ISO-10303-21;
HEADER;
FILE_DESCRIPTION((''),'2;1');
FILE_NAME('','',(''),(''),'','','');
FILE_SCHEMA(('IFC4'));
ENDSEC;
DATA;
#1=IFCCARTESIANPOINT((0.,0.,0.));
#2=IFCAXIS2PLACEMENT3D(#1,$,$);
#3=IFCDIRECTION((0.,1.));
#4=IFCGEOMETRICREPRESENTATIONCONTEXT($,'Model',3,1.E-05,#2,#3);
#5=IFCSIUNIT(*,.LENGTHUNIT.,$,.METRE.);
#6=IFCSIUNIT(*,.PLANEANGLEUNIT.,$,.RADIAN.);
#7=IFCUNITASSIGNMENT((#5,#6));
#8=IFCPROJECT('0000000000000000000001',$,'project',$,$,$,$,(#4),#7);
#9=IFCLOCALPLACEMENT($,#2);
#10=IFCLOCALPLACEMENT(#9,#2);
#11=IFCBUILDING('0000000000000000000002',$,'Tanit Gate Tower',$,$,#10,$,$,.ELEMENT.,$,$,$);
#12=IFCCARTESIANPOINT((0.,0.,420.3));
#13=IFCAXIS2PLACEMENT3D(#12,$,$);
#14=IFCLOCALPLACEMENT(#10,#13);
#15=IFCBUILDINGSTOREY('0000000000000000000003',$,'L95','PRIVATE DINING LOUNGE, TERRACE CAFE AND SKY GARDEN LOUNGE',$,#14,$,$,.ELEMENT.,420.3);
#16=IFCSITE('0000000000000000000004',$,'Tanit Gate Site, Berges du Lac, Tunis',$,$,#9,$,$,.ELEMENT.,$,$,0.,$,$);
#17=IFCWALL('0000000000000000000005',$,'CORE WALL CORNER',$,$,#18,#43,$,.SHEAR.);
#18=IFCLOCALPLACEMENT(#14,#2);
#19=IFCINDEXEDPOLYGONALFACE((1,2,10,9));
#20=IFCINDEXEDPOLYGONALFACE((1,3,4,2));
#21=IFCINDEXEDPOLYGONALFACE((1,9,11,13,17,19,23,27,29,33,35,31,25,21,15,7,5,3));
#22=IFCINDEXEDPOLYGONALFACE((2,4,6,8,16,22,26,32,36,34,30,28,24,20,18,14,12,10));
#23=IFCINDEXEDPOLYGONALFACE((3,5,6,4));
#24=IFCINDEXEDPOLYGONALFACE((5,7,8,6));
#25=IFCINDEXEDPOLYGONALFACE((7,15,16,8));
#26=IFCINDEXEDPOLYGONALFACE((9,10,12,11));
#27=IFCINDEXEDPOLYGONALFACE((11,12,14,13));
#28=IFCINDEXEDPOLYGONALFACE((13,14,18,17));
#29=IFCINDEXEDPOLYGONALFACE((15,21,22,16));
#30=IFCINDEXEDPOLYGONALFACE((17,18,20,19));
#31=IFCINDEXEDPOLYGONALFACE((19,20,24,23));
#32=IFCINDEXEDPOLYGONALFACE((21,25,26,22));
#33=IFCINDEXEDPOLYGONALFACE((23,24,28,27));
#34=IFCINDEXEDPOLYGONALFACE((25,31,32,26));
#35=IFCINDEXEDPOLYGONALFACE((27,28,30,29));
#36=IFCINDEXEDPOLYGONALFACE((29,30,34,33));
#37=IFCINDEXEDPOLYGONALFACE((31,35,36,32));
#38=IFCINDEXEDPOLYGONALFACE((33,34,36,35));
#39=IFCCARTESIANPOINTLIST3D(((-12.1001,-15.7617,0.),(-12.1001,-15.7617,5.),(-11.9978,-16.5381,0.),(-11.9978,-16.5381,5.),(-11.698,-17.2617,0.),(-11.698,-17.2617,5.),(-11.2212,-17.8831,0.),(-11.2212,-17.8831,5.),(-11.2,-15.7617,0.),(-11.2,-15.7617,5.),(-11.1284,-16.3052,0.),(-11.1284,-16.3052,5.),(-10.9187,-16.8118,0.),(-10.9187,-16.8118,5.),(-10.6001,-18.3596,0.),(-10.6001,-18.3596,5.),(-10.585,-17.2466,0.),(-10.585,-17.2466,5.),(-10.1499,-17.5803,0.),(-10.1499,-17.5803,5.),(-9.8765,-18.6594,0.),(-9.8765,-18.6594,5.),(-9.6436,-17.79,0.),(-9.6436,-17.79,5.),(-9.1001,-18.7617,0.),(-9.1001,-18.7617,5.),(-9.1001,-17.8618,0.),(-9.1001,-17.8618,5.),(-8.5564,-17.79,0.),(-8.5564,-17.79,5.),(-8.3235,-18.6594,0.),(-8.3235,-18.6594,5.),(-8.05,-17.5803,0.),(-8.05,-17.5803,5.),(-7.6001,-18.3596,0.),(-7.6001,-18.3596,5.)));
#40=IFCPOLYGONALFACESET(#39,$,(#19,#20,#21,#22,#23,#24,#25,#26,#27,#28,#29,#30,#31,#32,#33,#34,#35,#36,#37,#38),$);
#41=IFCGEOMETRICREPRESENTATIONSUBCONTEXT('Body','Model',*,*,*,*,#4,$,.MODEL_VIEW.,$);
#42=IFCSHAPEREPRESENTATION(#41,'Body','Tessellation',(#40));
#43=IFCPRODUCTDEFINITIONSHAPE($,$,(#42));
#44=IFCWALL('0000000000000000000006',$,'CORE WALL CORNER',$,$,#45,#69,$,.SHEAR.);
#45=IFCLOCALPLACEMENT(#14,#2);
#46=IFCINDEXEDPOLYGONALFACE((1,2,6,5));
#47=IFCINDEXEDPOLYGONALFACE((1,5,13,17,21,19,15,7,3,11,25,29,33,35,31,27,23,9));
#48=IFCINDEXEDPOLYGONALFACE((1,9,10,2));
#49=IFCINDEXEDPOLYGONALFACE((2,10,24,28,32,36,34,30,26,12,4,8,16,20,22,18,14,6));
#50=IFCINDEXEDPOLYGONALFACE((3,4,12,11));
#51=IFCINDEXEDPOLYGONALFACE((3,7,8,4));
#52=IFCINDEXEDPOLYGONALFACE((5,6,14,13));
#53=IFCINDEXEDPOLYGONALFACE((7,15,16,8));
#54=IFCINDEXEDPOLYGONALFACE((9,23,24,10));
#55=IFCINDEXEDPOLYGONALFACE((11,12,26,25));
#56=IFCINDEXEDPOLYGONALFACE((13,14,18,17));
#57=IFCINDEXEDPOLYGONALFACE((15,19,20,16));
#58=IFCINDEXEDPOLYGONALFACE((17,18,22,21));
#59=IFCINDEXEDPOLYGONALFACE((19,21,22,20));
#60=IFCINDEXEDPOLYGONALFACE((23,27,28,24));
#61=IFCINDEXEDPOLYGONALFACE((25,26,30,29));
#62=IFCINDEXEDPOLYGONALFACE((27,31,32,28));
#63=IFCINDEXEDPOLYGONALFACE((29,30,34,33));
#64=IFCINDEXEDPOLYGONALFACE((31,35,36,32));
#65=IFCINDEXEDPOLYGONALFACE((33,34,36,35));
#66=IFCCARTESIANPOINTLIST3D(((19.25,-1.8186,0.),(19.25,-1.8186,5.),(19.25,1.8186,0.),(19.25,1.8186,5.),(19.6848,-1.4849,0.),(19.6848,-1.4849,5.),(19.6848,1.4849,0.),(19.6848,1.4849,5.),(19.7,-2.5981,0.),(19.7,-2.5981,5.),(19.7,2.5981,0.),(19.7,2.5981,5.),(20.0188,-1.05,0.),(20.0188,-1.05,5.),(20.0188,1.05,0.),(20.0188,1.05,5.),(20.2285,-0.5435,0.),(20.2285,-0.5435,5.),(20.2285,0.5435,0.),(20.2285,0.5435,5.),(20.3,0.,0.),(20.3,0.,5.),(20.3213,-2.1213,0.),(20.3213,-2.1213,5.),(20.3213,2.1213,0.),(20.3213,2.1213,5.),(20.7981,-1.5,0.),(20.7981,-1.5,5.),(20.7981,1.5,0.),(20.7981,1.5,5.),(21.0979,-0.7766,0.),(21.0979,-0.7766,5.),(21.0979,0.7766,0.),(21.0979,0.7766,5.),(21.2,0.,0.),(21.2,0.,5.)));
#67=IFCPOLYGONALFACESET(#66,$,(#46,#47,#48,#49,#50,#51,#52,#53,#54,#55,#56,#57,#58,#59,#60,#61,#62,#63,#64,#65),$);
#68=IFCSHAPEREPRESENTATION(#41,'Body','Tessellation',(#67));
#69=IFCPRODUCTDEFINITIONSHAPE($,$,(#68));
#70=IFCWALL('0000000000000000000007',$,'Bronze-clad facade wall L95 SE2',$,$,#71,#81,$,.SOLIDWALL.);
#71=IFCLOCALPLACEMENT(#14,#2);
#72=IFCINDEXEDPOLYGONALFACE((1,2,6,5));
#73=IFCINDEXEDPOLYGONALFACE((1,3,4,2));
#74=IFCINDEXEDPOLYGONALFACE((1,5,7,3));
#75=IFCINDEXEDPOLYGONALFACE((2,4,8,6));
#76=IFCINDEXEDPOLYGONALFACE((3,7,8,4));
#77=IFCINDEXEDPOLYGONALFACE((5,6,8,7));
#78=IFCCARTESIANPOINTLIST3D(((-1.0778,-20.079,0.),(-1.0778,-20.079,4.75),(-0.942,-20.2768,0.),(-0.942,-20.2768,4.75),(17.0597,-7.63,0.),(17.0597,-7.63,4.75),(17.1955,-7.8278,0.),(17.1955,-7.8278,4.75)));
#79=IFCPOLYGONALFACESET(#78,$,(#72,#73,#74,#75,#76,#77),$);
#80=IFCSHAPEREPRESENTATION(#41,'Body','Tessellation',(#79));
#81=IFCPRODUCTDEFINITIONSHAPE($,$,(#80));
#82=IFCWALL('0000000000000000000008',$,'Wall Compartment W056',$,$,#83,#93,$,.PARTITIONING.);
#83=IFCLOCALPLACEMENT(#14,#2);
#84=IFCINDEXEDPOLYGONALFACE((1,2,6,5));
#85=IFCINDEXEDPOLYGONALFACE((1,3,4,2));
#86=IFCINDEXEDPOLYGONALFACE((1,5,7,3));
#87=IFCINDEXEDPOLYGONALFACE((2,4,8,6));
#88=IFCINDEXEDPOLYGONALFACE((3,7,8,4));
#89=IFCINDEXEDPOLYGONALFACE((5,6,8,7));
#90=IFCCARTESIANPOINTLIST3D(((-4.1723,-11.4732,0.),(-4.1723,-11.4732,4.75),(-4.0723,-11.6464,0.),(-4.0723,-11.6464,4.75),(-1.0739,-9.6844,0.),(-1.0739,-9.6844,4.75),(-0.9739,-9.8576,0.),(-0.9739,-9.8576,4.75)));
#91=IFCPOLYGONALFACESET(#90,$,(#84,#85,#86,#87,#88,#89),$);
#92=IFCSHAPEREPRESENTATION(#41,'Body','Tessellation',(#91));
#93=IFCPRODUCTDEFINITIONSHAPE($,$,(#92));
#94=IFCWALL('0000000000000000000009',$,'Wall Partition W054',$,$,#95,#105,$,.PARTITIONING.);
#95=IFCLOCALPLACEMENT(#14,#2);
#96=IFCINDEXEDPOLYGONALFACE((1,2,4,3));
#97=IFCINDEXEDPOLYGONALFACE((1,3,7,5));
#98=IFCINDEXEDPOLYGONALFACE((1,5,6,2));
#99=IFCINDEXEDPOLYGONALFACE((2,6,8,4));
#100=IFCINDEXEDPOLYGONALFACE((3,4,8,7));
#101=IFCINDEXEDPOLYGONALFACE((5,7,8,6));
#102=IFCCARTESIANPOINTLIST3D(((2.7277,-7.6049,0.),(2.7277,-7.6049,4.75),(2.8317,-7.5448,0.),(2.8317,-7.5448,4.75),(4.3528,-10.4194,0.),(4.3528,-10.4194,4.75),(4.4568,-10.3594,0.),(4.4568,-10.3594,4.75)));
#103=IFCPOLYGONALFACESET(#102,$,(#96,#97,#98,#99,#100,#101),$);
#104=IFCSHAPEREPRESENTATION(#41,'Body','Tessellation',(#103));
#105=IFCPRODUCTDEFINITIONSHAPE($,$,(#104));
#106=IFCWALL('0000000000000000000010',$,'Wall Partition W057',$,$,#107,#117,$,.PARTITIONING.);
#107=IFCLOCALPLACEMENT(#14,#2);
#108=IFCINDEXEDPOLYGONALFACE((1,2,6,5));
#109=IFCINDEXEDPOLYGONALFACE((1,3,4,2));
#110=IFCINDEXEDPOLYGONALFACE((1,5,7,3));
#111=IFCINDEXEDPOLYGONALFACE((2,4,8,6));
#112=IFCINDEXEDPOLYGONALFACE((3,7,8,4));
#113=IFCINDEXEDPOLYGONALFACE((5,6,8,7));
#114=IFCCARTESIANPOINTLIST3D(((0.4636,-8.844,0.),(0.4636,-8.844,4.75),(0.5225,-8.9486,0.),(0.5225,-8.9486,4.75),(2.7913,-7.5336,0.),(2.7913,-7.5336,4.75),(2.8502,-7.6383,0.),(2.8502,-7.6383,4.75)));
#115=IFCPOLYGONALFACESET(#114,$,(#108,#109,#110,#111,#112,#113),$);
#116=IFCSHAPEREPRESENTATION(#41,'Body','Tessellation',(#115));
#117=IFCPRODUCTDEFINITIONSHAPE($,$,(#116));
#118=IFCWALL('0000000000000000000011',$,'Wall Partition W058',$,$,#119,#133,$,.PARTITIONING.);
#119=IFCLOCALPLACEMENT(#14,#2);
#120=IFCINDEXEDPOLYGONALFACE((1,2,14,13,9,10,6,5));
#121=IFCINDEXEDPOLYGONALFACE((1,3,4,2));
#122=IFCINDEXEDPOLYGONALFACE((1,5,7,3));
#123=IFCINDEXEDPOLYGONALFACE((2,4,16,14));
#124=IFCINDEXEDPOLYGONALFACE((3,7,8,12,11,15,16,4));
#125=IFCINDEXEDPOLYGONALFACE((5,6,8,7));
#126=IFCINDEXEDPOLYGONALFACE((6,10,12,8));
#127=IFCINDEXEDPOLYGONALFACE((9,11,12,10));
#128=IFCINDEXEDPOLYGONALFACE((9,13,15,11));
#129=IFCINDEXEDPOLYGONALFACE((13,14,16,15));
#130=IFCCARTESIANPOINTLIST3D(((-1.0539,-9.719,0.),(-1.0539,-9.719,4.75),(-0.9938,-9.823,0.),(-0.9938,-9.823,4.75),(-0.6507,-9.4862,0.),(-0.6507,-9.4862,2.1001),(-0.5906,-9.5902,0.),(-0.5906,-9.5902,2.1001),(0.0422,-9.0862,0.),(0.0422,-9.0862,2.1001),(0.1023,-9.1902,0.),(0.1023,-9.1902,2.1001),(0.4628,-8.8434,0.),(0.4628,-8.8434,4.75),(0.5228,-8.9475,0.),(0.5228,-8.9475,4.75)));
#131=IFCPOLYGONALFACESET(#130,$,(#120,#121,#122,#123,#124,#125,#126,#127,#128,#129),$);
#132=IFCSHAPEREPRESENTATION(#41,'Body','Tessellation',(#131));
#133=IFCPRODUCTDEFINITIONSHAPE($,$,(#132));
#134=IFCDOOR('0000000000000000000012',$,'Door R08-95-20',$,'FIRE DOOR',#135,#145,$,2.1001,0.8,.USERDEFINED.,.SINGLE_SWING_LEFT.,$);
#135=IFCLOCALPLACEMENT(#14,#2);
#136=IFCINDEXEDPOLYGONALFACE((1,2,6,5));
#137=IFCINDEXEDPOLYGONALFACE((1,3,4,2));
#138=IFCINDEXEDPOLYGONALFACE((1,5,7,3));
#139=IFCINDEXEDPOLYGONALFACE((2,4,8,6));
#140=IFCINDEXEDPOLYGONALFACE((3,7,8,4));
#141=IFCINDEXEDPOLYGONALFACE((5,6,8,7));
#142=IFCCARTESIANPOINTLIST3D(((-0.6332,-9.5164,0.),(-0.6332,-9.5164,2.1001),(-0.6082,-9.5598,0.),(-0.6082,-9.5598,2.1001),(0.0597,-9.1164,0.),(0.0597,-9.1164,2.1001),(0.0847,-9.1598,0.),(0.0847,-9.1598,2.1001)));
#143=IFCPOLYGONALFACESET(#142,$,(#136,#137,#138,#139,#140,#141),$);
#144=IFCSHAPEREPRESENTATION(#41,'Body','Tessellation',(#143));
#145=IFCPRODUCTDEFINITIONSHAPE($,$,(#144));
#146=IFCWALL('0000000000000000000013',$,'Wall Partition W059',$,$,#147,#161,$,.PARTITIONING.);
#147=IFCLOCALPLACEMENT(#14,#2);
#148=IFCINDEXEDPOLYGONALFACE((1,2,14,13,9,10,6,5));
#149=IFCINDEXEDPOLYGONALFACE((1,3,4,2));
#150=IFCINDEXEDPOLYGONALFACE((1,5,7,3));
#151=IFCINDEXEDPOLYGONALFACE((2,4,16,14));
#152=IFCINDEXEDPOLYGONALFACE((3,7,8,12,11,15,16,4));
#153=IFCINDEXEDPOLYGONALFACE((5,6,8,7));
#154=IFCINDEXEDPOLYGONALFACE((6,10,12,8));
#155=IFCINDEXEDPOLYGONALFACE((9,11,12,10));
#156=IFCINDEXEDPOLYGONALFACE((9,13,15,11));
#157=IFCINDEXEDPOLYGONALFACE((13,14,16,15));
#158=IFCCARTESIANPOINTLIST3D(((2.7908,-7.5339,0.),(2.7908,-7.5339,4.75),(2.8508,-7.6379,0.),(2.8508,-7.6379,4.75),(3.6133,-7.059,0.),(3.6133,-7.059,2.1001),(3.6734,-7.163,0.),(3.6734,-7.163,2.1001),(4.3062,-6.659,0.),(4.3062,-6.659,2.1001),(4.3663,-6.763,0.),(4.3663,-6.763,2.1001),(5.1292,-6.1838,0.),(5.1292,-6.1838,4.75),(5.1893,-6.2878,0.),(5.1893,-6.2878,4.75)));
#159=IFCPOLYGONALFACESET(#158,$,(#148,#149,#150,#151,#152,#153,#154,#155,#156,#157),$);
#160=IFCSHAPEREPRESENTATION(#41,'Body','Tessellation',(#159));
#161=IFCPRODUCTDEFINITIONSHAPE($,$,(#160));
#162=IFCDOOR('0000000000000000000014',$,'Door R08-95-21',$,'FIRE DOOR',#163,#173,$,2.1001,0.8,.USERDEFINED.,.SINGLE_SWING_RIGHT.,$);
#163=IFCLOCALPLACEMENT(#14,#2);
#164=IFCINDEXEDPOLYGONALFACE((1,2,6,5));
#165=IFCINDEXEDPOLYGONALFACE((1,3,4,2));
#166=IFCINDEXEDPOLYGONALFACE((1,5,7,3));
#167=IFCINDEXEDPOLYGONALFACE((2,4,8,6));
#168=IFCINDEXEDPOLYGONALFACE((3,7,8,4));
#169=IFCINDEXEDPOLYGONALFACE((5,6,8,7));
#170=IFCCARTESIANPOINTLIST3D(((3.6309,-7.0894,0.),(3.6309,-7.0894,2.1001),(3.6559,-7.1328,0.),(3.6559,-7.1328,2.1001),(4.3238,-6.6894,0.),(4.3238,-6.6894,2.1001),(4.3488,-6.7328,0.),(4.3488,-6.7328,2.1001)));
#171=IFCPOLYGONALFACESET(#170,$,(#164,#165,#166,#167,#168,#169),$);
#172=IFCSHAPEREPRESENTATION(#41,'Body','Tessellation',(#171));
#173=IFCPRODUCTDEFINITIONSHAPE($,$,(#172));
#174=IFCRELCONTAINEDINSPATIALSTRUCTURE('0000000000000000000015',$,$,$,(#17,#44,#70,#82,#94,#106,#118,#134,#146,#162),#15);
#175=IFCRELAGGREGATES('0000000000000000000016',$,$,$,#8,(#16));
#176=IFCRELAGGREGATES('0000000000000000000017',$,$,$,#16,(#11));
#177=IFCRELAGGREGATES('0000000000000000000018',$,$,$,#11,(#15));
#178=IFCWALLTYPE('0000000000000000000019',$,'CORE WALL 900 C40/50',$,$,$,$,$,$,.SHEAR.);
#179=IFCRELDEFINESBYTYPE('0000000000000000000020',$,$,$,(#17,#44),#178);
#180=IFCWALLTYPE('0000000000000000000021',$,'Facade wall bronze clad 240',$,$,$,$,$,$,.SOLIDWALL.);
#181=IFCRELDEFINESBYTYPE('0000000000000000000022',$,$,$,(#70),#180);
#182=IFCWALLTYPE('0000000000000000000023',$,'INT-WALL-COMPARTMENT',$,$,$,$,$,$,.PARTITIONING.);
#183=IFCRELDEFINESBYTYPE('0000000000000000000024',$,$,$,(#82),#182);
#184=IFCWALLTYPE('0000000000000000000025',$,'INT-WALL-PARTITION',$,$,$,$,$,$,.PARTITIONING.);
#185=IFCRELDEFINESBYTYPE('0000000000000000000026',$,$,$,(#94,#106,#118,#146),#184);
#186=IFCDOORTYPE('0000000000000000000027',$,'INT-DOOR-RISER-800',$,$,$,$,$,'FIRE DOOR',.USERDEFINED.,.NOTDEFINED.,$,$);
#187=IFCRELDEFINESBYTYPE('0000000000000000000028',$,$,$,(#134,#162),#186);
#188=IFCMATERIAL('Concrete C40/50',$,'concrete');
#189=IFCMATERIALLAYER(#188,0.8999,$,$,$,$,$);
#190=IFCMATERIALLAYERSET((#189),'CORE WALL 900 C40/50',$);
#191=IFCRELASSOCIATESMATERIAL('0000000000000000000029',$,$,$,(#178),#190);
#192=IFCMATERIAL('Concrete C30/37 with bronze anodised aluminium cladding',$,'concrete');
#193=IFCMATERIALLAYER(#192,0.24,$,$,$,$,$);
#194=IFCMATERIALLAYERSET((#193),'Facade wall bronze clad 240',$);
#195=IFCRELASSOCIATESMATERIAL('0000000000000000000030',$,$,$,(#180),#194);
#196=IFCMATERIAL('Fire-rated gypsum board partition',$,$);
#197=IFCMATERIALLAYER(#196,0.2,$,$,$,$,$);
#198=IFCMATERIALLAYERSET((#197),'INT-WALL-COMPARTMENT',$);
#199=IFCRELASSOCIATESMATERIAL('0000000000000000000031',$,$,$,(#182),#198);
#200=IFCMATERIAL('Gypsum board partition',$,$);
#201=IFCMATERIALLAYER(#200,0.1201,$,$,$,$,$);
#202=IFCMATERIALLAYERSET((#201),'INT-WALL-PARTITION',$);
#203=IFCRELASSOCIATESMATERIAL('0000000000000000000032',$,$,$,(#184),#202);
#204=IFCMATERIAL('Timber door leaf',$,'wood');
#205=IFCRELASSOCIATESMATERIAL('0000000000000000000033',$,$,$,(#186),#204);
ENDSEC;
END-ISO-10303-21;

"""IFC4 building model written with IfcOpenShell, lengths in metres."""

from ifc_helpers import new_model, si_unit, direction, frame, frame_2d, origin, place, context, subcontext, project, spatial, polyline, rectangle, outline, extrude, material, layer, layer_set, type_object, element, fill, save


model = new_model("IFC4")

# Units and contexts
model_context = context("Model", 3, precision=1e-05, world=origin(), true_north=direction((0.0, 1.0)))
body_context = subcontext(model_context, "Body", "Model", "MODEL_VIEW")
ifc_project = project(units=[si_unit("LENGTHUNIT", "METRE"), si_unit("PLANEANGLEUNIT", "RADIAN")], contexts=[model_context])

# Site, building, storey
site_placement = place(None, origin())
site = spatial("IfcSite", under=ifc_project, at=site_placement, Name="Tanit Gate Site, Berges du Lac, Tunis", CompositionType="ELEMENT", RefElevation=0.0)
building_placement = place(site_placement, origin())
building = spatial("IfcBuilding", under=site, at=building_placement, Name="Tanit Gate Tower", CompositionType="ELEMENT")
storey_placement = place(building_placement, frame((0.0, 0.0, 420.3)))
storey = spatial("IfcBuildingStorey", under=building, at=storey_placement, Name="L95", Description="PRIVATE DINING LOUNGE, TERRACE CAFE AND SKY GARDEN LOUNGE", CompositionType="ELEMENT", Elevation=420.3)

# Walls
ifc_material_1 = material(Name="Concrete C40/50", Category="concrete")
ifc_layer_1 = layer(ifc_material_1, 0.8999)
ifc_layer_set_1 = layer_set([ifc_layer_1], Name="CORE WALL 900 C40/50")
wall_type_1 = type_object("IfcWallType", Name="CORE WALL 900 C40/50", PredefinedType="SHEAR", material=ifc_layer_set_1)
wall_1_placement = place(storey_placement, origin())
element("IfcWall", 1, at=wall_1_placement, inside=storey, type_object=wall_type_1, Name="CORE WALL CORNER", PredefinedType="SHEAR", context=body_context, shape_type="SweptSolid", body=[
    extrude(outline(polyline([(-12.1001, -15.7617), (-11.9978, -16.5381), (-11.698, -17.2617), (-11.2212, -17.8831), (-10.6001, -18.3596), (-9.8765, -18.6594), (-9.1001, -18.7617), (-8.3235, -18.6594), (-7.6001, -18.3596), (-8.05, -17.5803), (-8.5564, -17.79), (-9.1001, -17.8618), (-9.6436, -17.79), (-10.1499, -17.5803), (-10.585, -17.2466), (-10.9187, -16.8118), (-11.1284, -16.3052), (-11.2, -15.7617), (-12.1001, -15.7617)])), origin(), (0.0, 0.0, 1.0), 5.0),
])
wall_2_placement = place(storey_placement, origin())
element("IfcWall", 2, at=wall_2_placement, inside=storey, type_object=wall_type_1, Name="CORE WALL CORNER", PredefinedType="SHEAR", context=body_context, shape_type="SweptSolid", body=[
    extrude(outline(polyline([(19.7, -2.5981), (20.3213, -2.1213), (20.7981, -1.5), (21.0979, -0.7766), (21.2, 0.0), (21.0979, 0.7766), (20.7981, 1.5), (20.3213, 2.1213), (19.7, 2.5981), (19.25, 1.8186), (19.6848, 1.4849), (20.0188, 1.05), (20.2285, 0.5435), (20.3, 0.0), (20.2285, -0.5435), (20.0188, -1.05), (19.6848, -1.4849), (19.25, -1.8186), (19.7, -2.5981)])), origin(), (0.0, 0.0, 1.0), 5.0),
])
ifc_material_2 = material(Name="Concrete C30/37 with bronze anodised aluminium cladding", Category="concrete")
ifc_layer_2 = layer(ifc_material_2, 0.24)
ifc_layer_set_2 = layer_set([ifc_layer_2], Name="Facade wall bronze clad 240")
wall_type_2 = type_object("IfcWallType", Name="Facade wall bronze clad 240", PredefinedType="SOLIDWALL", material=ifc_layer_set_2)
wall_3_placement = place(storey_placement, frame((-1.01, -20.178, 0.0), z_axis=(0.0, 0.0, 1.0), x_axis=(0.824477, 0.565895, 0.0)))
element("IfcWall", 3, at=wall_3_placement, inside=storey, type_object=wall_type_2, Name="Bronze-clad facade wall L95 SE2", PredefinedType="SOLIDWALL", context=body_context, shape_type="SweptSolid", body=[
    extrude(rectangle(XDim=21.9988, YDim=0.24, at=frame_2d((10.9995, 0.0))), origin(), (0.0, 0.0, 1.0), 4.75),
])
ifc_material_3 = material(Name="Fire-rated gypsum board partition")
ifc_layer_3 = layer(ifc_material_3, 0.2)
ifc_layer_set_3 = layer_set([ifc_layer_3], Name="INT-WALL-COMPARTMENT")
wall_type_3 = type_object("IfcWallType", Name="INT-WALL-COMPARTMENT", PredefinedType="PARTITIONING", material=ifc_layer_set_3)
wall_4_placement = place(storey_placement, frame((-1.0239, -9.771, 0.0), z_axis=(0.0, 0.0, 1.0), x_axis=(-0.86603, -0.499992, 0.0)))
element("IfcWall", 4, at=wall_4_placement, inside=storey, type_object=wall_type_3, Name="Wall Compartment W056", PredefinedType="PARTITIONING", context=body_context, shape_type="SweptSolid", body=[
    extrude(rectangle(XDim=3.5776, YDim=0.2, at=frame_2d((1.7888, 0.0))), origin(), (0.0, 0.0, 1.0), 4.75),
])
ifc_material_4 = material(Name="Gypsum board partition")
ifc_layer_4 = layer(ifc_material_4, 0.1201)
ifc_layer_set_4 = layer_set([ifc_layer_4], Name="INT-WALL-PARTITION")
wall_type_4 = type_object("IfcWallType", Name="INT-WALL-PARTITION", PredefinedType="PARTITIONING", material=ifc_layer_set_4)
wall_5_placement = place(storey_placement, frame((4.4048, -10.3894, 0.0), z_axis=(0.0, 0.0, 1.0), x_axis=(-0.500017, 0.866015, 0.0)))
element("IfcWall", 5, at=wall_5_placement, inside=storey, type_object=wall_type_4, Name="Wall Partition W054", PredefinedType="PARTITIONING", context=body_context, shape_type="SweptSolid", body=[
    extrude(rectangle(XDim=3.25, YDim=0.1201, at=frame_2d((1.625, 0.0))), origin(), (0.0, 0.0, 1.0), 4.75),
])
wall_6_placement = place(storey_placement, frame((0.4932, -8.8962, 0.0), z_axis=(0.0, 0.0, 1.0), x_axis=(0.871414, 0.490548, 0.0)))
element("IfcWall", 6, at=wall_6_placement, inside=storey, type_object=wall_type_4, Name="Wall Partition W057", PredefinedType="PARTITIONING", context=body_context, shape_type="SweptSolid", body=[
    extrude(rectangle(XDim=2.6711, YDim=0.1201, at=frame_2d((1.3354, 0.0))), origin(), (0.0, 0.0, 1.0), 4.75),
])

# Walls, openings, doors
wall_7_placement = place(storey_placement, frame((0.4927, -8.8955, 0.0), z_axis=(0.0, 0.0, 1.0), x_axis=(-0.866056, -0.499948, 0.0)))
wall_7 = element("IfcWall", 7, at=wall_7_placement, inside=storey, type_object=wall_type_4, Name="Wall Partition W058", PredefinedType="PARTITIONING", context=body_context, shape_type="SweptSolid", body=[
    extrude(rectangle(XDim=1.7512, YDim=0.1201, at=frame_2d((0.8755, 0.0))), origin(), (0.0, 0.0, 1.0), 4.75),
])
opening_1_placement = place(wall_7_placement, frame((0.4856, 0.0, 0.0)))
opening_1 = element("IfcOpeningElement", 8, at=opening_1_placement, cuts=wall_7, PredefinedType="OPENING", context=body_context, shape_type="SweptSolid", body=[
    extrude(rectangle(XDim=0.8, YDim=2.1001, at=frame_2d((0.3999, 1.05))), frame((0.0, 0.0701, 0.0), z_axis=(0.0, -1.0, 0.0), x_axis=(1.0, 0.0, 0.0)), (0.0, 0.0, 1.0), 0.1401),
])
ifc_material_5 = material(Name="Timber door leaf", Category="wood")
door_type_1 = type_object("IfcDoorType", Name="INT-DOOR-RISER-800", ElementType="FIRE DOOR", OperationType="NOTDEFINED", PredefinedType="USERDEFINED", material=ifc_material_5)
door_1_placement = place(opening_1_placement, origin())
door_1 = element("IfcDoor", 9, at=door_1_placement, inside=storey, type_object=door_type_1, Name="Door R08-95-20", ObjectType="FIRE DOOR", OperationType="SINGLE_SWING_LEFT", OverallHeight=2.1001, OverallWidth=0.8, PredefinedType="USERDEFINED", context=body_context, shape_type="SweptSolid", body=[
    extrude(rectangle(XDim=0.8, YDim=2.1001, at=frame_2d((0.3999, 1.05))), frame((0.0, 0.0249, 0.0), z_axis=(0.0, -1.0, 0.0), x_axis=(1.0, 0.0, 0.0)), (0.0, 0.0, 1.0), 0.05),
])
fill(opening_1, door_1)
wall_8_placement = place(storey_placement, frame((2.8208, -7.5859, 0.0), z_axis=(0.0, 0.0, 1.0), x_axis=(0.86602, 0.500009, 0.0)))
wall_8 = element("IfcWall", 10, at=wall_8_placement, inside=storey, type_object=wall_type_4, Name="Wall Partition W059", PredefinedType="PARTITIONING", context=body_context, shape_type="SweptSolid", body=[
    extrude(rectangle(XDim=2.7002, YDim=0.1201, at=frame_2d((1.3501, 0.0))), origin(), (0.0, 0.0, 1.0), 4.75),
])
opening_2_placement = place(wall_8_placement, frame((0.95, 0.0, 0.0)))
opening_2 = element("IfcOpeningElement", 11, at=opening_2_placement, cuts=wall_8, PredefinedType="OPENING", context=body_context, shape_type="SweptSolid", body=[
    extrude(rectangle(XDim=0.8, YDim=2.1001, at=frame_2d((0.3999, 1.05))), frame((0.0, 0.0701, 0.0), z_axis=(0.0, -1.0, 0.0), x_axis=(1.0, 0.0, 0.0)), (0.0, 0.0, 1.0), 0.1401),
])
door_2_placement = place(opening_2_placement, origin())
door_2 = element("IfcDoor", 12, at=door_2_placement, inside=storey, type_object=door_type_1, Name="Door R08-95-21", ObjectType="FIRE DOOR", OperationType="SINGLE_SWING_RIGHT", OverallHeight=2.1001, OverallWidth=0.8, PredefinedType="USERDEFINED", context=body_context, shape_type="SweptSolid", body=[
    extrude(rectangle(XDim=0.8, YDim=2.1001, at=frame_2d((0.3999, 1.05))), frame((0.0, 0.0249, 0.0), z_axis=(0.0, -1.0, 0.0), x_axis=(1.0, 0.0, 0.0)), (0.0, 0.0, 1.0), 0.05),
])
fill(opening_2, door_2)

save(model, "model.ifc")
